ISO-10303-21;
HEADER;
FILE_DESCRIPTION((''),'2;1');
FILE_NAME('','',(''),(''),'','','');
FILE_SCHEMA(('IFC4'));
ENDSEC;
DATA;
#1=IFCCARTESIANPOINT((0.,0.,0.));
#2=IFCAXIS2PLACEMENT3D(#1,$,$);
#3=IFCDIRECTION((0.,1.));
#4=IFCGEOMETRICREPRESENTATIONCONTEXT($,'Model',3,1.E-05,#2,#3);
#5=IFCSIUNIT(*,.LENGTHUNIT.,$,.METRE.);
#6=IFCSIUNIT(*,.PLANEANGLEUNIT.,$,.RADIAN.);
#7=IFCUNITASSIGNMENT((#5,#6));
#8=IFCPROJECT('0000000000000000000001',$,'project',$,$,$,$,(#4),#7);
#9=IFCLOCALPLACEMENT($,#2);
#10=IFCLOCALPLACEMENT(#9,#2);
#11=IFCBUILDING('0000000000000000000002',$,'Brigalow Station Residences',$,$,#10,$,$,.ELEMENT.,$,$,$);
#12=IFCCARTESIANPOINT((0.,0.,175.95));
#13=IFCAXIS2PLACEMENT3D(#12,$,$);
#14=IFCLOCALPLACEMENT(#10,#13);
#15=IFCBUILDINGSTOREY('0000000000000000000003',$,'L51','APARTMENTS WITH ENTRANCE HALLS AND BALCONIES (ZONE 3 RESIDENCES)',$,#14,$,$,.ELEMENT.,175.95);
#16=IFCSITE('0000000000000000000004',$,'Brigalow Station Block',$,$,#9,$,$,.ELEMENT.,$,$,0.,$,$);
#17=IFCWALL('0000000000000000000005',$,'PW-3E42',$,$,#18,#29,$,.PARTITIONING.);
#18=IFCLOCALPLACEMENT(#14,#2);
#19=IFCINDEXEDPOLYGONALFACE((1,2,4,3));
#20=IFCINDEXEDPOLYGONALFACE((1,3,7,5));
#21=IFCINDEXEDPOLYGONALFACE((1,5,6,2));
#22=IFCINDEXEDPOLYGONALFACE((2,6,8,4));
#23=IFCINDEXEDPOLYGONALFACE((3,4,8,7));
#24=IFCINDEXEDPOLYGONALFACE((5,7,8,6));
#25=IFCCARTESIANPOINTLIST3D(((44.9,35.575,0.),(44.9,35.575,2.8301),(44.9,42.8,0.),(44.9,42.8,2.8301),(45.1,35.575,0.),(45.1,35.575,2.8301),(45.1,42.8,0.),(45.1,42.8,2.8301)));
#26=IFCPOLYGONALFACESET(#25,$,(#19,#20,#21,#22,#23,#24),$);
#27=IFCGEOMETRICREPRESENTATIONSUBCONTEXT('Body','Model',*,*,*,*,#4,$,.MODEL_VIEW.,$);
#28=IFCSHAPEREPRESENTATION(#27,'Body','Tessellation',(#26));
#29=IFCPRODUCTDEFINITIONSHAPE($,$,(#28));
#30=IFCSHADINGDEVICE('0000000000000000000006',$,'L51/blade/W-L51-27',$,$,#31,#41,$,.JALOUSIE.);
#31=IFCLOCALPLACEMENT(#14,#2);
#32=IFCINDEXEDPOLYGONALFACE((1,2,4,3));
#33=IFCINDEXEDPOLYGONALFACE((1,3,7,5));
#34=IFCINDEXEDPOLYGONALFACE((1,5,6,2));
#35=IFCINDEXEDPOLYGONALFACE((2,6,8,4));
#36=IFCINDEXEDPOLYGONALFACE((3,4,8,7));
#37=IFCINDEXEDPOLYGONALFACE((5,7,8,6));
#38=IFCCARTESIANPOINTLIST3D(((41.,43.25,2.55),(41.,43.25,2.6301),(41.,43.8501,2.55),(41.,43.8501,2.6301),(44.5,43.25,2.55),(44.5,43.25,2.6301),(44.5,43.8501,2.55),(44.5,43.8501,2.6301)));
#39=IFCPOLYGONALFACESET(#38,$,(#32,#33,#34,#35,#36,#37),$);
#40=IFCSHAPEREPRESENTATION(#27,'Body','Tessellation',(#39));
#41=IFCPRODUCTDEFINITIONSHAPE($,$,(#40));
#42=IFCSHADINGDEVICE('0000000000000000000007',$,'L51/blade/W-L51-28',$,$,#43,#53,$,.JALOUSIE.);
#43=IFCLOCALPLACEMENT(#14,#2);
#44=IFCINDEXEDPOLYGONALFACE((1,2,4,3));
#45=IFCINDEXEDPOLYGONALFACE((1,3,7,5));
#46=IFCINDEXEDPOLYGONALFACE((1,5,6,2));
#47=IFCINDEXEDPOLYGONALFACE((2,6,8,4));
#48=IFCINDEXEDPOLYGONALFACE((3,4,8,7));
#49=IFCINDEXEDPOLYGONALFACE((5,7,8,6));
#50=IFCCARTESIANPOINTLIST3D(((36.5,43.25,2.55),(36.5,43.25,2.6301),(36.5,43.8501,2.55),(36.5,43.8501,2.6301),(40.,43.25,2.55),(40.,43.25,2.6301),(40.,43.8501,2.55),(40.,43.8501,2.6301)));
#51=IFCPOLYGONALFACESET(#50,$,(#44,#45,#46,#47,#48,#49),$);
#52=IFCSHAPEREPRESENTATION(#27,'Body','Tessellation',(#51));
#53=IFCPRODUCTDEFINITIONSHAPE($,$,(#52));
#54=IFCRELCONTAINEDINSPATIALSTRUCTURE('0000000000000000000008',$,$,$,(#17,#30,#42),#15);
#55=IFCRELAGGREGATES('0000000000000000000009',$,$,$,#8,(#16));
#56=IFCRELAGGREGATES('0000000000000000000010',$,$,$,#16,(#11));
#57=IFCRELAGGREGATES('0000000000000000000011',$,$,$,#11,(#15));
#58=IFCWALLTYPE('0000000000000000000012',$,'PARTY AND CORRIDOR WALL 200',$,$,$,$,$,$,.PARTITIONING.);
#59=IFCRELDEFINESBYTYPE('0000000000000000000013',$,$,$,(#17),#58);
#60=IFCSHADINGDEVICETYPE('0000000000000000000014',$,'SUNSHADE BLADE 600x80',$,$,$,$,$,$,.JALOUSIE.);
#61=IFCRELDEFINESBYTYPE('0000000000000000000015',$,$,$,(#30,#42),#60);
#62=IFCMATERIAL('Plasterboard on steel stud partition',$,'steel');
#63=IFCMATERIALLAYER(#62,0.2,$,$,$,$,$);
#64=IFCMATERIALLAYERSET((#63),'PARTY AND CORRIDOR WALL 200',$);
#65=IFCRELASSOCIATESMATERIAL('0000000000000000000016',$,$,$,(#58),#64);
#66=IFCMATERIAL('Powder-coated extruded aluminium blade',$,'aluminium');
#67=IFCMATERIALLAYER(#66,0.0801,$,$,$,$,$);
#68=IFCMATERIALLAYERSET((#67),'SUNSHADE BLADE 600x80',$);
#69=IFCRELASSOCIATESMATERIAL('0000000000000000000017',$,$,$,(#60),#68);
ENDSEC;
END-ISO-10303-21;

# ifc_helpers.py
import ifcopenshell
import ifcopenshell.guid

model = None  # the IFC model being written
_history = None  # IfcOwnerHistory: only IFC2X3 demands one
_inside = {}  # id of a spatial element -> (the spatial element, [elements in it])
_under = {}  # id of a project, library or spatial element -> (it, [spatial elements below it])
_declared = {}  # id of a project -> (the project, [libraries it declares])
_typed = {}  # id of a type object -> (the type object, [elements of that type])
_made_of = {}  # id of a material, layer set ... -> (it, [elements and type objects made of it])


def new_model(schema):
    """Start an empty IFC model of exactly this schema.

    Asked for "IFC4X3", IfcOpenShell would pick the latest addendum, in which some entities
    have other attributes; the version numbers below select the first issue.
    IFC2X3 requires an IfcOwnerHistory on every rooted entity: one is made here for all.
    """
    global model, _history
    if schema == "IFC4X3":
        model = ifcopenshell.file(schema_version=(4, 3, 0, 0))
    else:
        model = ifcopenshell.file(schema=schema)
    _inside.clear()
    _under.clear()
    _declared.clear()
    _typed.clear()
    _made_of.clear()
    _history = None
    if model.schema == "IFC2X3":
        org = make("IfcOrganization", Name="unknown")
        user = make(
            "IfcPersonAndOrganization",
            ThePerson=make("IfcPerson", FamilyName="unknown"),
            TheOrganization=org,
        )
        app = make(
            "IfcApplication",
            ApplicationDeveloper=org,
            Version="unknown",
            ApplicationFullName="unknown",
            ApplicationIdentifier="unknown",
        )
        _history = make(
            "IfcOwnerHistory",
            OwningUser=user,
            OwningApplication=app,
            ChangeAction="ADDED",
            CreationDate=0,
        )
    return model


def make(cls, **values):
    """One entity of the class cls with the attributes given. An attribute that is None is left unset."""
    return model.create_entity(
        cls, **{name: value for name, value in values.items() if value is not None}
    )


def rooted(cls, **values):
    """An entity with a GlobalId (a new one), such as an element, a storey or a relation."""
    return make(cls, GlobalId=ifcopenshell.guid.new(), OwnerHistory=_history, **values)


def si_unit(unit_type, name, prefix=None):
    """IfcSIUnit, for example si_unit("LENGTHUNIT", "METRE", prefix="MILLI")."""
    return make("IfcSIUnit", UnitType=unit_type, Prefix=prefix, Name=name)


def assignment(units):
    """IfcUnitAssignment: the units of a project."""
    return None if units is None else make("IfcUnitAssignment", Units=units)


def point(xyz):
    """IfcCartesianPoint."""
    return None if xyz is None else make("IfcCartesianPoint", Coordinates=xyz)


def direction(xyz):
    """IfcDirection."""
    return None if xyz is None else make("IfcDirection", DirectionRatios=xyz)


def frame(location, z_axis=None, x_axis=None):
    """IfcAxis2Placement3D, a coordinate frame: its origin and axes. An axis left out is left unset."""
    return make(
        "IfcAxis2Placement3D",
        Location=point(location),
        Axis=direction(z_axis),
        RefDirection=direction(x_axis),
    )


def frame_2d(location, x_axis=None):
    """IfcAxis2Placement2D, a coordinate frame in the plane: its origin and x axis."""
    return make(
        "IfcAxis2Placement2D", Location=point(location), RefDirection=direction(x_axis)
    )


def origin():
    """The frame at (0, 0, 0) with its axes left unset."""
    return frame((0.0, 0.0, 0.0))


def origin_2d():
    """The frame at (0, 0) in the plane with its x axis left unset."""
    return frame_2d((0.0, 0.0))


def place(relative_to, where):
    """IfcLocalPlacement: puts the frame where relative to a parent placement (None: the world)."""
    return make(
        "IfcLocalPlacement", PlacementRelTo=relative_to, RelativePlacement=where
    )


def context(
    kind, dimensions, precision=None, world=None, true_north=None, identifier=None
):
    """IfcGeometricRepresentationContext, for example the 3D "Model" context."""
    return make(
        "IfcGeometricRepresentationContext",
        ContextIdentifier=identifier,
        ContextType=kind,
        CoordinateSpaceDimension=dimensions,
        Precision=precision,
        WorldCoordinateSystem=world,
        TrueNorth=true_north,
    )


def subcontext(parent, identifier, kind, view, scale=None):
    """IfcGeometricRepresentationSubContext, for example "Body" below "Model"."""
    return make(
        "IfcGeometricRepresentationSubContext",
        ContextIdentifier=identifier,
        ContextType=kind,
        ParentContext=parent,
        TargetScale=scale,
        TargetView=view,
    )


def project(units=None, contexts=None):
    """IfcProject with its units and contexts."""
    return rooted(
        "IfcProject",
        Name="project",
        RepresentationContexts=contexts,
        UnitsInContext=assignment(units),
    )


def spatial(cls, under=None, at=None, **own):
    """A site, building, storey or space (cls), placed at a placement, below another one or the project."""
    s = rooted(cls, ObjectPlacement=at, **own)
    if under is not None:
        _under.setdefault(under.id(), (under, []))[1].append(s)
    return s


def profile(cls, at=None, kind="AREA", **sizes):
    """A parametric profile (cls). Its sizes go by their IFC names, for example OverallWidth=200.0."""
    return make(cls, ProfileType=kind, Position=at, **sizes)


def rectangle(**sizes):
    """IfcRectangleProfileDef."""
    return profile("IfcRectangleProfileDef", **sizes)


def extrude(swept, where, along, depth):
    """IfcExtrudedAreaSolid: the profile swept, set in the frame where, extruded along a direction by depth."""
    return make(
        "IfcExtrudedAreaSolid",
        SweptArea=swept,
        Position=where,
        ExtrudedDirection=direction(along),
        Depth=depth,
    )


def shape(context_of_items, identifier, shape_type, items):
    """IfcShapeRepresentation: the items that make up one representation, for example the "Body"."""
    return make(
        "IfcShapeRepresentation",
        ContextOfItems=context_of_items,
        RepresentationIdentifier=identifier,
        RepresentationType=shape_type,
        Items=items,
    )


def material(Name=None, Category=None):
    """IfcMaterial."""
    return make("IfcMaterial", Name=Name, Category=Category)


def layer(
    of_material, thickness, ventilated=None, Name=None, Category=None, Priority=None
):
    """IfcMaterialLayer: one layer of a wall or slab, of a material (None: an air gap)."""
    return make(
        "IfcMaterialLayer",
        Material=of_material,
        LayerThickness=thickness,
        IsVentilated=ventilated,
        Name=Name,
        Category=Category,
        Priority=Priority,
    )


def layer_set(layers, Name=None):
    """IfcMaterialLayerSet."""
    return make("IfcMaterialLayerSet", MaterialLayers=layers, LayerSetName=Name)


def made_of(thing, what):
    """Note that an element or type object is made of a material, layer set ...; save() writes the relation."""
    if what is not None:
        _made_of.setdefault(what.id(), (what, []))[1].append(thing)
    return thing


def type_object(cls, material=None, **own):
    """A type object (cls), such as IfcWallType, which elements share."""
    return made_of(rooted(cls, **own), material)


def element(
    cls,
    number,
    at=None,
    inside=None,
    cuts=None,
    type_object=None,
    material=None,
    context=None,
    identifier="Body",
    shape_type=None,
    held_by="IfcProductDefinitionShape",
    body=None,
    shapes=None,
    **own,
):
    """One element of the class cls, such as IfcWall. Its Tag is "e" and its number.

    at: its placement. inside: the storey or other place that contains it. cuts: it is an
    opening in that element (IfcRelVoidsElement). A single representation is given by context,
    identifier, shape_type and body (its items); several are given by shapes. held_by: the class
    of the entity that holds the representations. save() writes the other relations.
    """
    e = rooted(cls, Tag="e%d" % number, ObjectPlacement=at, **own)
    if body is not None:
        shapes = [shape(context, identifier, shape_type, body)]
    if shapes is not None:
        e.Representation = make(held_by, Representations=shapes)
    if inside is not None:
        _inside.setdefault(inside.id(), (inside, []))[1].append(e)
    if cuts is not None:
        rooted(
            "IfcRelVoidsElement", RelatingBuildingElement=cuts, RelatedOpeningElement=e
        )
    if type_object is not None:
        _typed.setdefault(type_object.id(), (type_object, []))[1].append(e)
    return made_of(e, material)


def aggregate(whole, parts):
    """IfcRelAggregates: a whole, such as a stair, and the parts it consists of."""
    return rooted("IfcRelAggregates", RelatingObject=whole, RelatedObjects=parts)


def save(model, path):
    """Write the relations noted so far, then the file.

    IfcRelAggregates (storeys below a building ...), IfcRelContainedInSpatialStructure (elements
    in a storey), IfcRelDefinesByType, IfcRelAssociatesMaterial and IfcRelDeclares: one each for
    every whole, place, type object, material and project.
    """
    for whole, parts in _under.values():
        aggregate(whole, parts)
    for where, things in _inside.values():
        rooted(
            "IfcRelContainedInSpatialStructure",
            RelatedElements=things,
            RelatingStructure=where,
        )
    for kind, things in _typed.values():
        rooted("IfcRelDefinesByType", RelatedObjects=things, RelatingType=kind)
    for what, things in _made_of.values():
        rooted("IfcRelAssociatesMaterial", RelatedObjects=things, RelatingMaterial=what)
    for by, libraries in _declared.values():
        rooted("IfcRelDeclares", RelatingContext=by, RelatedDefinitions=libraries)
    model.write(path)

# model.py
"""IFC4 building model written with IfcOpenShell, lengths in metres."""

from ifc_helpers import new_model, si_unit, direction, frame, frame_2d, origin, origin_2d, place, context, subcontext, project, spatial, rectangle, extrude, material, layer, layer_set, type_object, element, save


model = new_model("IFC4")

# Units and contexts
model_context = context("Model", 3, precision=1e-05, world=origin(), true_north=direction((0.0, 1.0)))
body_context = subcontext(model_context, "Body", "Model", "MODEL_VIEW")
ifc_project = project(units=[si_unit("LENGTHUNIT", "METRE"), si_unit("PLANEANGLEUNIT", "RADIAN")], contexts=[model_context])

# Site, building, storey
site_placement = place(None, origin())
site = spatial("IfcSite", under=ifc_project, at=site_placement, Name="Brigalow Station Block", CompositionType="ELEMENT", RefElevation=0.0)
building_placement = place(site_placement, origin())
building = spatial("IfcBuilding", under=site, at=building_placement, Name="Brigalow Station Residences", CompositionType="ELEMENT")
storey_placement = place(building_placement, frame((0.0, 0.0, 175.95)))
storey = spatial("IfcBuildingStorey", under=building, at=storey_placement, Name="L51", Description="APARTMENTS WITH ENTRANCE HALLS AND BALCONIES (ZONE 3 RESIDENCES)", CompositionType="ELEMENT", Elevation=175.95)

# Wall
ifc_material_1 = material(Name="Plasterboard on steel stud partition", Category="steel")
ifc_layer_1 = layer(ifc_material_1, 0.2)
ifc_layer_set_1 = layer_set([ifc_layer_1], Name="PARTY AND CORRIDOR WALL 200")
wall_type_1 = type_object("IfcWallType", Name="PARTY AND CORRIDOR WALL 200", PredefinedType="PARTITIONING", material=ifc_layer_set_1)
wall_1_placement = place(storey_placement, frame((45.0, 35.575, 0.0), z_axis=(0.0, 0.0, 1.0), x_axis=(0.0, 1.0, 0.0)))
element("IfcWall", 1, at=wall_1_placement, inside=storey, type_object=wall_type_1, Name="PW-3E42", PredefinedType="PARTITIONING", context=body_context, shape_type="SweptSolid", body=[
    extrude(rectangle(XDim=7.2251, YDim=0.2, at=frame_2d((3.6125, 0.0))), origin(), (0.0, 0.0, 1.0), 2.8301),
])

# Shading devices
ifc_material_2 = material(Name="Powder-coated extruded aluminium blade", Category="aluminium")
ifc_layer_2 = layer(ifc_material_2, 0.0801)
ifc_layer_set_2 = layer_set([ifc_layer_2], Name="SUNSHADE BLADE 600x80")
shading_device_type = type_object("IfcShadingDeviceType", Name="SUNSHADE BLADE 600x80", PredefinedType="JALOUSIE", material=ifc_layer_set_2)
for number, where, z_axis, x_axis, name in (
    (2, (42.75, 43.55, 2.55), (0.0, 0.0, 1.0), (-1.0, 0.0, 0.0), "L51/blade/W-L51-27"),
    (3, (38.25, 43.55, 2.55), (0.0, 0.0, 1.0), (-1.0, 0.0, 0.0), "L51/blade/W-L51-28"),
):
    element("IfcShadingDevice", number, at=place(storey_placement, frame(where, z_axis=z_axis, x_axis=x_axis)), inside=storey, type_object=shading_device_type, Name=name, PredefinedType="JALOUSIE", context=body_context, shape_type="SweptSolid", body=[
        extrude(rectangle(XDim=3.5, YDim=0.6001, at=origin_2d()), origin(), (0.0, 0.0, 1.0), 0.0801),
    ])

save(model, "model.ifc")
